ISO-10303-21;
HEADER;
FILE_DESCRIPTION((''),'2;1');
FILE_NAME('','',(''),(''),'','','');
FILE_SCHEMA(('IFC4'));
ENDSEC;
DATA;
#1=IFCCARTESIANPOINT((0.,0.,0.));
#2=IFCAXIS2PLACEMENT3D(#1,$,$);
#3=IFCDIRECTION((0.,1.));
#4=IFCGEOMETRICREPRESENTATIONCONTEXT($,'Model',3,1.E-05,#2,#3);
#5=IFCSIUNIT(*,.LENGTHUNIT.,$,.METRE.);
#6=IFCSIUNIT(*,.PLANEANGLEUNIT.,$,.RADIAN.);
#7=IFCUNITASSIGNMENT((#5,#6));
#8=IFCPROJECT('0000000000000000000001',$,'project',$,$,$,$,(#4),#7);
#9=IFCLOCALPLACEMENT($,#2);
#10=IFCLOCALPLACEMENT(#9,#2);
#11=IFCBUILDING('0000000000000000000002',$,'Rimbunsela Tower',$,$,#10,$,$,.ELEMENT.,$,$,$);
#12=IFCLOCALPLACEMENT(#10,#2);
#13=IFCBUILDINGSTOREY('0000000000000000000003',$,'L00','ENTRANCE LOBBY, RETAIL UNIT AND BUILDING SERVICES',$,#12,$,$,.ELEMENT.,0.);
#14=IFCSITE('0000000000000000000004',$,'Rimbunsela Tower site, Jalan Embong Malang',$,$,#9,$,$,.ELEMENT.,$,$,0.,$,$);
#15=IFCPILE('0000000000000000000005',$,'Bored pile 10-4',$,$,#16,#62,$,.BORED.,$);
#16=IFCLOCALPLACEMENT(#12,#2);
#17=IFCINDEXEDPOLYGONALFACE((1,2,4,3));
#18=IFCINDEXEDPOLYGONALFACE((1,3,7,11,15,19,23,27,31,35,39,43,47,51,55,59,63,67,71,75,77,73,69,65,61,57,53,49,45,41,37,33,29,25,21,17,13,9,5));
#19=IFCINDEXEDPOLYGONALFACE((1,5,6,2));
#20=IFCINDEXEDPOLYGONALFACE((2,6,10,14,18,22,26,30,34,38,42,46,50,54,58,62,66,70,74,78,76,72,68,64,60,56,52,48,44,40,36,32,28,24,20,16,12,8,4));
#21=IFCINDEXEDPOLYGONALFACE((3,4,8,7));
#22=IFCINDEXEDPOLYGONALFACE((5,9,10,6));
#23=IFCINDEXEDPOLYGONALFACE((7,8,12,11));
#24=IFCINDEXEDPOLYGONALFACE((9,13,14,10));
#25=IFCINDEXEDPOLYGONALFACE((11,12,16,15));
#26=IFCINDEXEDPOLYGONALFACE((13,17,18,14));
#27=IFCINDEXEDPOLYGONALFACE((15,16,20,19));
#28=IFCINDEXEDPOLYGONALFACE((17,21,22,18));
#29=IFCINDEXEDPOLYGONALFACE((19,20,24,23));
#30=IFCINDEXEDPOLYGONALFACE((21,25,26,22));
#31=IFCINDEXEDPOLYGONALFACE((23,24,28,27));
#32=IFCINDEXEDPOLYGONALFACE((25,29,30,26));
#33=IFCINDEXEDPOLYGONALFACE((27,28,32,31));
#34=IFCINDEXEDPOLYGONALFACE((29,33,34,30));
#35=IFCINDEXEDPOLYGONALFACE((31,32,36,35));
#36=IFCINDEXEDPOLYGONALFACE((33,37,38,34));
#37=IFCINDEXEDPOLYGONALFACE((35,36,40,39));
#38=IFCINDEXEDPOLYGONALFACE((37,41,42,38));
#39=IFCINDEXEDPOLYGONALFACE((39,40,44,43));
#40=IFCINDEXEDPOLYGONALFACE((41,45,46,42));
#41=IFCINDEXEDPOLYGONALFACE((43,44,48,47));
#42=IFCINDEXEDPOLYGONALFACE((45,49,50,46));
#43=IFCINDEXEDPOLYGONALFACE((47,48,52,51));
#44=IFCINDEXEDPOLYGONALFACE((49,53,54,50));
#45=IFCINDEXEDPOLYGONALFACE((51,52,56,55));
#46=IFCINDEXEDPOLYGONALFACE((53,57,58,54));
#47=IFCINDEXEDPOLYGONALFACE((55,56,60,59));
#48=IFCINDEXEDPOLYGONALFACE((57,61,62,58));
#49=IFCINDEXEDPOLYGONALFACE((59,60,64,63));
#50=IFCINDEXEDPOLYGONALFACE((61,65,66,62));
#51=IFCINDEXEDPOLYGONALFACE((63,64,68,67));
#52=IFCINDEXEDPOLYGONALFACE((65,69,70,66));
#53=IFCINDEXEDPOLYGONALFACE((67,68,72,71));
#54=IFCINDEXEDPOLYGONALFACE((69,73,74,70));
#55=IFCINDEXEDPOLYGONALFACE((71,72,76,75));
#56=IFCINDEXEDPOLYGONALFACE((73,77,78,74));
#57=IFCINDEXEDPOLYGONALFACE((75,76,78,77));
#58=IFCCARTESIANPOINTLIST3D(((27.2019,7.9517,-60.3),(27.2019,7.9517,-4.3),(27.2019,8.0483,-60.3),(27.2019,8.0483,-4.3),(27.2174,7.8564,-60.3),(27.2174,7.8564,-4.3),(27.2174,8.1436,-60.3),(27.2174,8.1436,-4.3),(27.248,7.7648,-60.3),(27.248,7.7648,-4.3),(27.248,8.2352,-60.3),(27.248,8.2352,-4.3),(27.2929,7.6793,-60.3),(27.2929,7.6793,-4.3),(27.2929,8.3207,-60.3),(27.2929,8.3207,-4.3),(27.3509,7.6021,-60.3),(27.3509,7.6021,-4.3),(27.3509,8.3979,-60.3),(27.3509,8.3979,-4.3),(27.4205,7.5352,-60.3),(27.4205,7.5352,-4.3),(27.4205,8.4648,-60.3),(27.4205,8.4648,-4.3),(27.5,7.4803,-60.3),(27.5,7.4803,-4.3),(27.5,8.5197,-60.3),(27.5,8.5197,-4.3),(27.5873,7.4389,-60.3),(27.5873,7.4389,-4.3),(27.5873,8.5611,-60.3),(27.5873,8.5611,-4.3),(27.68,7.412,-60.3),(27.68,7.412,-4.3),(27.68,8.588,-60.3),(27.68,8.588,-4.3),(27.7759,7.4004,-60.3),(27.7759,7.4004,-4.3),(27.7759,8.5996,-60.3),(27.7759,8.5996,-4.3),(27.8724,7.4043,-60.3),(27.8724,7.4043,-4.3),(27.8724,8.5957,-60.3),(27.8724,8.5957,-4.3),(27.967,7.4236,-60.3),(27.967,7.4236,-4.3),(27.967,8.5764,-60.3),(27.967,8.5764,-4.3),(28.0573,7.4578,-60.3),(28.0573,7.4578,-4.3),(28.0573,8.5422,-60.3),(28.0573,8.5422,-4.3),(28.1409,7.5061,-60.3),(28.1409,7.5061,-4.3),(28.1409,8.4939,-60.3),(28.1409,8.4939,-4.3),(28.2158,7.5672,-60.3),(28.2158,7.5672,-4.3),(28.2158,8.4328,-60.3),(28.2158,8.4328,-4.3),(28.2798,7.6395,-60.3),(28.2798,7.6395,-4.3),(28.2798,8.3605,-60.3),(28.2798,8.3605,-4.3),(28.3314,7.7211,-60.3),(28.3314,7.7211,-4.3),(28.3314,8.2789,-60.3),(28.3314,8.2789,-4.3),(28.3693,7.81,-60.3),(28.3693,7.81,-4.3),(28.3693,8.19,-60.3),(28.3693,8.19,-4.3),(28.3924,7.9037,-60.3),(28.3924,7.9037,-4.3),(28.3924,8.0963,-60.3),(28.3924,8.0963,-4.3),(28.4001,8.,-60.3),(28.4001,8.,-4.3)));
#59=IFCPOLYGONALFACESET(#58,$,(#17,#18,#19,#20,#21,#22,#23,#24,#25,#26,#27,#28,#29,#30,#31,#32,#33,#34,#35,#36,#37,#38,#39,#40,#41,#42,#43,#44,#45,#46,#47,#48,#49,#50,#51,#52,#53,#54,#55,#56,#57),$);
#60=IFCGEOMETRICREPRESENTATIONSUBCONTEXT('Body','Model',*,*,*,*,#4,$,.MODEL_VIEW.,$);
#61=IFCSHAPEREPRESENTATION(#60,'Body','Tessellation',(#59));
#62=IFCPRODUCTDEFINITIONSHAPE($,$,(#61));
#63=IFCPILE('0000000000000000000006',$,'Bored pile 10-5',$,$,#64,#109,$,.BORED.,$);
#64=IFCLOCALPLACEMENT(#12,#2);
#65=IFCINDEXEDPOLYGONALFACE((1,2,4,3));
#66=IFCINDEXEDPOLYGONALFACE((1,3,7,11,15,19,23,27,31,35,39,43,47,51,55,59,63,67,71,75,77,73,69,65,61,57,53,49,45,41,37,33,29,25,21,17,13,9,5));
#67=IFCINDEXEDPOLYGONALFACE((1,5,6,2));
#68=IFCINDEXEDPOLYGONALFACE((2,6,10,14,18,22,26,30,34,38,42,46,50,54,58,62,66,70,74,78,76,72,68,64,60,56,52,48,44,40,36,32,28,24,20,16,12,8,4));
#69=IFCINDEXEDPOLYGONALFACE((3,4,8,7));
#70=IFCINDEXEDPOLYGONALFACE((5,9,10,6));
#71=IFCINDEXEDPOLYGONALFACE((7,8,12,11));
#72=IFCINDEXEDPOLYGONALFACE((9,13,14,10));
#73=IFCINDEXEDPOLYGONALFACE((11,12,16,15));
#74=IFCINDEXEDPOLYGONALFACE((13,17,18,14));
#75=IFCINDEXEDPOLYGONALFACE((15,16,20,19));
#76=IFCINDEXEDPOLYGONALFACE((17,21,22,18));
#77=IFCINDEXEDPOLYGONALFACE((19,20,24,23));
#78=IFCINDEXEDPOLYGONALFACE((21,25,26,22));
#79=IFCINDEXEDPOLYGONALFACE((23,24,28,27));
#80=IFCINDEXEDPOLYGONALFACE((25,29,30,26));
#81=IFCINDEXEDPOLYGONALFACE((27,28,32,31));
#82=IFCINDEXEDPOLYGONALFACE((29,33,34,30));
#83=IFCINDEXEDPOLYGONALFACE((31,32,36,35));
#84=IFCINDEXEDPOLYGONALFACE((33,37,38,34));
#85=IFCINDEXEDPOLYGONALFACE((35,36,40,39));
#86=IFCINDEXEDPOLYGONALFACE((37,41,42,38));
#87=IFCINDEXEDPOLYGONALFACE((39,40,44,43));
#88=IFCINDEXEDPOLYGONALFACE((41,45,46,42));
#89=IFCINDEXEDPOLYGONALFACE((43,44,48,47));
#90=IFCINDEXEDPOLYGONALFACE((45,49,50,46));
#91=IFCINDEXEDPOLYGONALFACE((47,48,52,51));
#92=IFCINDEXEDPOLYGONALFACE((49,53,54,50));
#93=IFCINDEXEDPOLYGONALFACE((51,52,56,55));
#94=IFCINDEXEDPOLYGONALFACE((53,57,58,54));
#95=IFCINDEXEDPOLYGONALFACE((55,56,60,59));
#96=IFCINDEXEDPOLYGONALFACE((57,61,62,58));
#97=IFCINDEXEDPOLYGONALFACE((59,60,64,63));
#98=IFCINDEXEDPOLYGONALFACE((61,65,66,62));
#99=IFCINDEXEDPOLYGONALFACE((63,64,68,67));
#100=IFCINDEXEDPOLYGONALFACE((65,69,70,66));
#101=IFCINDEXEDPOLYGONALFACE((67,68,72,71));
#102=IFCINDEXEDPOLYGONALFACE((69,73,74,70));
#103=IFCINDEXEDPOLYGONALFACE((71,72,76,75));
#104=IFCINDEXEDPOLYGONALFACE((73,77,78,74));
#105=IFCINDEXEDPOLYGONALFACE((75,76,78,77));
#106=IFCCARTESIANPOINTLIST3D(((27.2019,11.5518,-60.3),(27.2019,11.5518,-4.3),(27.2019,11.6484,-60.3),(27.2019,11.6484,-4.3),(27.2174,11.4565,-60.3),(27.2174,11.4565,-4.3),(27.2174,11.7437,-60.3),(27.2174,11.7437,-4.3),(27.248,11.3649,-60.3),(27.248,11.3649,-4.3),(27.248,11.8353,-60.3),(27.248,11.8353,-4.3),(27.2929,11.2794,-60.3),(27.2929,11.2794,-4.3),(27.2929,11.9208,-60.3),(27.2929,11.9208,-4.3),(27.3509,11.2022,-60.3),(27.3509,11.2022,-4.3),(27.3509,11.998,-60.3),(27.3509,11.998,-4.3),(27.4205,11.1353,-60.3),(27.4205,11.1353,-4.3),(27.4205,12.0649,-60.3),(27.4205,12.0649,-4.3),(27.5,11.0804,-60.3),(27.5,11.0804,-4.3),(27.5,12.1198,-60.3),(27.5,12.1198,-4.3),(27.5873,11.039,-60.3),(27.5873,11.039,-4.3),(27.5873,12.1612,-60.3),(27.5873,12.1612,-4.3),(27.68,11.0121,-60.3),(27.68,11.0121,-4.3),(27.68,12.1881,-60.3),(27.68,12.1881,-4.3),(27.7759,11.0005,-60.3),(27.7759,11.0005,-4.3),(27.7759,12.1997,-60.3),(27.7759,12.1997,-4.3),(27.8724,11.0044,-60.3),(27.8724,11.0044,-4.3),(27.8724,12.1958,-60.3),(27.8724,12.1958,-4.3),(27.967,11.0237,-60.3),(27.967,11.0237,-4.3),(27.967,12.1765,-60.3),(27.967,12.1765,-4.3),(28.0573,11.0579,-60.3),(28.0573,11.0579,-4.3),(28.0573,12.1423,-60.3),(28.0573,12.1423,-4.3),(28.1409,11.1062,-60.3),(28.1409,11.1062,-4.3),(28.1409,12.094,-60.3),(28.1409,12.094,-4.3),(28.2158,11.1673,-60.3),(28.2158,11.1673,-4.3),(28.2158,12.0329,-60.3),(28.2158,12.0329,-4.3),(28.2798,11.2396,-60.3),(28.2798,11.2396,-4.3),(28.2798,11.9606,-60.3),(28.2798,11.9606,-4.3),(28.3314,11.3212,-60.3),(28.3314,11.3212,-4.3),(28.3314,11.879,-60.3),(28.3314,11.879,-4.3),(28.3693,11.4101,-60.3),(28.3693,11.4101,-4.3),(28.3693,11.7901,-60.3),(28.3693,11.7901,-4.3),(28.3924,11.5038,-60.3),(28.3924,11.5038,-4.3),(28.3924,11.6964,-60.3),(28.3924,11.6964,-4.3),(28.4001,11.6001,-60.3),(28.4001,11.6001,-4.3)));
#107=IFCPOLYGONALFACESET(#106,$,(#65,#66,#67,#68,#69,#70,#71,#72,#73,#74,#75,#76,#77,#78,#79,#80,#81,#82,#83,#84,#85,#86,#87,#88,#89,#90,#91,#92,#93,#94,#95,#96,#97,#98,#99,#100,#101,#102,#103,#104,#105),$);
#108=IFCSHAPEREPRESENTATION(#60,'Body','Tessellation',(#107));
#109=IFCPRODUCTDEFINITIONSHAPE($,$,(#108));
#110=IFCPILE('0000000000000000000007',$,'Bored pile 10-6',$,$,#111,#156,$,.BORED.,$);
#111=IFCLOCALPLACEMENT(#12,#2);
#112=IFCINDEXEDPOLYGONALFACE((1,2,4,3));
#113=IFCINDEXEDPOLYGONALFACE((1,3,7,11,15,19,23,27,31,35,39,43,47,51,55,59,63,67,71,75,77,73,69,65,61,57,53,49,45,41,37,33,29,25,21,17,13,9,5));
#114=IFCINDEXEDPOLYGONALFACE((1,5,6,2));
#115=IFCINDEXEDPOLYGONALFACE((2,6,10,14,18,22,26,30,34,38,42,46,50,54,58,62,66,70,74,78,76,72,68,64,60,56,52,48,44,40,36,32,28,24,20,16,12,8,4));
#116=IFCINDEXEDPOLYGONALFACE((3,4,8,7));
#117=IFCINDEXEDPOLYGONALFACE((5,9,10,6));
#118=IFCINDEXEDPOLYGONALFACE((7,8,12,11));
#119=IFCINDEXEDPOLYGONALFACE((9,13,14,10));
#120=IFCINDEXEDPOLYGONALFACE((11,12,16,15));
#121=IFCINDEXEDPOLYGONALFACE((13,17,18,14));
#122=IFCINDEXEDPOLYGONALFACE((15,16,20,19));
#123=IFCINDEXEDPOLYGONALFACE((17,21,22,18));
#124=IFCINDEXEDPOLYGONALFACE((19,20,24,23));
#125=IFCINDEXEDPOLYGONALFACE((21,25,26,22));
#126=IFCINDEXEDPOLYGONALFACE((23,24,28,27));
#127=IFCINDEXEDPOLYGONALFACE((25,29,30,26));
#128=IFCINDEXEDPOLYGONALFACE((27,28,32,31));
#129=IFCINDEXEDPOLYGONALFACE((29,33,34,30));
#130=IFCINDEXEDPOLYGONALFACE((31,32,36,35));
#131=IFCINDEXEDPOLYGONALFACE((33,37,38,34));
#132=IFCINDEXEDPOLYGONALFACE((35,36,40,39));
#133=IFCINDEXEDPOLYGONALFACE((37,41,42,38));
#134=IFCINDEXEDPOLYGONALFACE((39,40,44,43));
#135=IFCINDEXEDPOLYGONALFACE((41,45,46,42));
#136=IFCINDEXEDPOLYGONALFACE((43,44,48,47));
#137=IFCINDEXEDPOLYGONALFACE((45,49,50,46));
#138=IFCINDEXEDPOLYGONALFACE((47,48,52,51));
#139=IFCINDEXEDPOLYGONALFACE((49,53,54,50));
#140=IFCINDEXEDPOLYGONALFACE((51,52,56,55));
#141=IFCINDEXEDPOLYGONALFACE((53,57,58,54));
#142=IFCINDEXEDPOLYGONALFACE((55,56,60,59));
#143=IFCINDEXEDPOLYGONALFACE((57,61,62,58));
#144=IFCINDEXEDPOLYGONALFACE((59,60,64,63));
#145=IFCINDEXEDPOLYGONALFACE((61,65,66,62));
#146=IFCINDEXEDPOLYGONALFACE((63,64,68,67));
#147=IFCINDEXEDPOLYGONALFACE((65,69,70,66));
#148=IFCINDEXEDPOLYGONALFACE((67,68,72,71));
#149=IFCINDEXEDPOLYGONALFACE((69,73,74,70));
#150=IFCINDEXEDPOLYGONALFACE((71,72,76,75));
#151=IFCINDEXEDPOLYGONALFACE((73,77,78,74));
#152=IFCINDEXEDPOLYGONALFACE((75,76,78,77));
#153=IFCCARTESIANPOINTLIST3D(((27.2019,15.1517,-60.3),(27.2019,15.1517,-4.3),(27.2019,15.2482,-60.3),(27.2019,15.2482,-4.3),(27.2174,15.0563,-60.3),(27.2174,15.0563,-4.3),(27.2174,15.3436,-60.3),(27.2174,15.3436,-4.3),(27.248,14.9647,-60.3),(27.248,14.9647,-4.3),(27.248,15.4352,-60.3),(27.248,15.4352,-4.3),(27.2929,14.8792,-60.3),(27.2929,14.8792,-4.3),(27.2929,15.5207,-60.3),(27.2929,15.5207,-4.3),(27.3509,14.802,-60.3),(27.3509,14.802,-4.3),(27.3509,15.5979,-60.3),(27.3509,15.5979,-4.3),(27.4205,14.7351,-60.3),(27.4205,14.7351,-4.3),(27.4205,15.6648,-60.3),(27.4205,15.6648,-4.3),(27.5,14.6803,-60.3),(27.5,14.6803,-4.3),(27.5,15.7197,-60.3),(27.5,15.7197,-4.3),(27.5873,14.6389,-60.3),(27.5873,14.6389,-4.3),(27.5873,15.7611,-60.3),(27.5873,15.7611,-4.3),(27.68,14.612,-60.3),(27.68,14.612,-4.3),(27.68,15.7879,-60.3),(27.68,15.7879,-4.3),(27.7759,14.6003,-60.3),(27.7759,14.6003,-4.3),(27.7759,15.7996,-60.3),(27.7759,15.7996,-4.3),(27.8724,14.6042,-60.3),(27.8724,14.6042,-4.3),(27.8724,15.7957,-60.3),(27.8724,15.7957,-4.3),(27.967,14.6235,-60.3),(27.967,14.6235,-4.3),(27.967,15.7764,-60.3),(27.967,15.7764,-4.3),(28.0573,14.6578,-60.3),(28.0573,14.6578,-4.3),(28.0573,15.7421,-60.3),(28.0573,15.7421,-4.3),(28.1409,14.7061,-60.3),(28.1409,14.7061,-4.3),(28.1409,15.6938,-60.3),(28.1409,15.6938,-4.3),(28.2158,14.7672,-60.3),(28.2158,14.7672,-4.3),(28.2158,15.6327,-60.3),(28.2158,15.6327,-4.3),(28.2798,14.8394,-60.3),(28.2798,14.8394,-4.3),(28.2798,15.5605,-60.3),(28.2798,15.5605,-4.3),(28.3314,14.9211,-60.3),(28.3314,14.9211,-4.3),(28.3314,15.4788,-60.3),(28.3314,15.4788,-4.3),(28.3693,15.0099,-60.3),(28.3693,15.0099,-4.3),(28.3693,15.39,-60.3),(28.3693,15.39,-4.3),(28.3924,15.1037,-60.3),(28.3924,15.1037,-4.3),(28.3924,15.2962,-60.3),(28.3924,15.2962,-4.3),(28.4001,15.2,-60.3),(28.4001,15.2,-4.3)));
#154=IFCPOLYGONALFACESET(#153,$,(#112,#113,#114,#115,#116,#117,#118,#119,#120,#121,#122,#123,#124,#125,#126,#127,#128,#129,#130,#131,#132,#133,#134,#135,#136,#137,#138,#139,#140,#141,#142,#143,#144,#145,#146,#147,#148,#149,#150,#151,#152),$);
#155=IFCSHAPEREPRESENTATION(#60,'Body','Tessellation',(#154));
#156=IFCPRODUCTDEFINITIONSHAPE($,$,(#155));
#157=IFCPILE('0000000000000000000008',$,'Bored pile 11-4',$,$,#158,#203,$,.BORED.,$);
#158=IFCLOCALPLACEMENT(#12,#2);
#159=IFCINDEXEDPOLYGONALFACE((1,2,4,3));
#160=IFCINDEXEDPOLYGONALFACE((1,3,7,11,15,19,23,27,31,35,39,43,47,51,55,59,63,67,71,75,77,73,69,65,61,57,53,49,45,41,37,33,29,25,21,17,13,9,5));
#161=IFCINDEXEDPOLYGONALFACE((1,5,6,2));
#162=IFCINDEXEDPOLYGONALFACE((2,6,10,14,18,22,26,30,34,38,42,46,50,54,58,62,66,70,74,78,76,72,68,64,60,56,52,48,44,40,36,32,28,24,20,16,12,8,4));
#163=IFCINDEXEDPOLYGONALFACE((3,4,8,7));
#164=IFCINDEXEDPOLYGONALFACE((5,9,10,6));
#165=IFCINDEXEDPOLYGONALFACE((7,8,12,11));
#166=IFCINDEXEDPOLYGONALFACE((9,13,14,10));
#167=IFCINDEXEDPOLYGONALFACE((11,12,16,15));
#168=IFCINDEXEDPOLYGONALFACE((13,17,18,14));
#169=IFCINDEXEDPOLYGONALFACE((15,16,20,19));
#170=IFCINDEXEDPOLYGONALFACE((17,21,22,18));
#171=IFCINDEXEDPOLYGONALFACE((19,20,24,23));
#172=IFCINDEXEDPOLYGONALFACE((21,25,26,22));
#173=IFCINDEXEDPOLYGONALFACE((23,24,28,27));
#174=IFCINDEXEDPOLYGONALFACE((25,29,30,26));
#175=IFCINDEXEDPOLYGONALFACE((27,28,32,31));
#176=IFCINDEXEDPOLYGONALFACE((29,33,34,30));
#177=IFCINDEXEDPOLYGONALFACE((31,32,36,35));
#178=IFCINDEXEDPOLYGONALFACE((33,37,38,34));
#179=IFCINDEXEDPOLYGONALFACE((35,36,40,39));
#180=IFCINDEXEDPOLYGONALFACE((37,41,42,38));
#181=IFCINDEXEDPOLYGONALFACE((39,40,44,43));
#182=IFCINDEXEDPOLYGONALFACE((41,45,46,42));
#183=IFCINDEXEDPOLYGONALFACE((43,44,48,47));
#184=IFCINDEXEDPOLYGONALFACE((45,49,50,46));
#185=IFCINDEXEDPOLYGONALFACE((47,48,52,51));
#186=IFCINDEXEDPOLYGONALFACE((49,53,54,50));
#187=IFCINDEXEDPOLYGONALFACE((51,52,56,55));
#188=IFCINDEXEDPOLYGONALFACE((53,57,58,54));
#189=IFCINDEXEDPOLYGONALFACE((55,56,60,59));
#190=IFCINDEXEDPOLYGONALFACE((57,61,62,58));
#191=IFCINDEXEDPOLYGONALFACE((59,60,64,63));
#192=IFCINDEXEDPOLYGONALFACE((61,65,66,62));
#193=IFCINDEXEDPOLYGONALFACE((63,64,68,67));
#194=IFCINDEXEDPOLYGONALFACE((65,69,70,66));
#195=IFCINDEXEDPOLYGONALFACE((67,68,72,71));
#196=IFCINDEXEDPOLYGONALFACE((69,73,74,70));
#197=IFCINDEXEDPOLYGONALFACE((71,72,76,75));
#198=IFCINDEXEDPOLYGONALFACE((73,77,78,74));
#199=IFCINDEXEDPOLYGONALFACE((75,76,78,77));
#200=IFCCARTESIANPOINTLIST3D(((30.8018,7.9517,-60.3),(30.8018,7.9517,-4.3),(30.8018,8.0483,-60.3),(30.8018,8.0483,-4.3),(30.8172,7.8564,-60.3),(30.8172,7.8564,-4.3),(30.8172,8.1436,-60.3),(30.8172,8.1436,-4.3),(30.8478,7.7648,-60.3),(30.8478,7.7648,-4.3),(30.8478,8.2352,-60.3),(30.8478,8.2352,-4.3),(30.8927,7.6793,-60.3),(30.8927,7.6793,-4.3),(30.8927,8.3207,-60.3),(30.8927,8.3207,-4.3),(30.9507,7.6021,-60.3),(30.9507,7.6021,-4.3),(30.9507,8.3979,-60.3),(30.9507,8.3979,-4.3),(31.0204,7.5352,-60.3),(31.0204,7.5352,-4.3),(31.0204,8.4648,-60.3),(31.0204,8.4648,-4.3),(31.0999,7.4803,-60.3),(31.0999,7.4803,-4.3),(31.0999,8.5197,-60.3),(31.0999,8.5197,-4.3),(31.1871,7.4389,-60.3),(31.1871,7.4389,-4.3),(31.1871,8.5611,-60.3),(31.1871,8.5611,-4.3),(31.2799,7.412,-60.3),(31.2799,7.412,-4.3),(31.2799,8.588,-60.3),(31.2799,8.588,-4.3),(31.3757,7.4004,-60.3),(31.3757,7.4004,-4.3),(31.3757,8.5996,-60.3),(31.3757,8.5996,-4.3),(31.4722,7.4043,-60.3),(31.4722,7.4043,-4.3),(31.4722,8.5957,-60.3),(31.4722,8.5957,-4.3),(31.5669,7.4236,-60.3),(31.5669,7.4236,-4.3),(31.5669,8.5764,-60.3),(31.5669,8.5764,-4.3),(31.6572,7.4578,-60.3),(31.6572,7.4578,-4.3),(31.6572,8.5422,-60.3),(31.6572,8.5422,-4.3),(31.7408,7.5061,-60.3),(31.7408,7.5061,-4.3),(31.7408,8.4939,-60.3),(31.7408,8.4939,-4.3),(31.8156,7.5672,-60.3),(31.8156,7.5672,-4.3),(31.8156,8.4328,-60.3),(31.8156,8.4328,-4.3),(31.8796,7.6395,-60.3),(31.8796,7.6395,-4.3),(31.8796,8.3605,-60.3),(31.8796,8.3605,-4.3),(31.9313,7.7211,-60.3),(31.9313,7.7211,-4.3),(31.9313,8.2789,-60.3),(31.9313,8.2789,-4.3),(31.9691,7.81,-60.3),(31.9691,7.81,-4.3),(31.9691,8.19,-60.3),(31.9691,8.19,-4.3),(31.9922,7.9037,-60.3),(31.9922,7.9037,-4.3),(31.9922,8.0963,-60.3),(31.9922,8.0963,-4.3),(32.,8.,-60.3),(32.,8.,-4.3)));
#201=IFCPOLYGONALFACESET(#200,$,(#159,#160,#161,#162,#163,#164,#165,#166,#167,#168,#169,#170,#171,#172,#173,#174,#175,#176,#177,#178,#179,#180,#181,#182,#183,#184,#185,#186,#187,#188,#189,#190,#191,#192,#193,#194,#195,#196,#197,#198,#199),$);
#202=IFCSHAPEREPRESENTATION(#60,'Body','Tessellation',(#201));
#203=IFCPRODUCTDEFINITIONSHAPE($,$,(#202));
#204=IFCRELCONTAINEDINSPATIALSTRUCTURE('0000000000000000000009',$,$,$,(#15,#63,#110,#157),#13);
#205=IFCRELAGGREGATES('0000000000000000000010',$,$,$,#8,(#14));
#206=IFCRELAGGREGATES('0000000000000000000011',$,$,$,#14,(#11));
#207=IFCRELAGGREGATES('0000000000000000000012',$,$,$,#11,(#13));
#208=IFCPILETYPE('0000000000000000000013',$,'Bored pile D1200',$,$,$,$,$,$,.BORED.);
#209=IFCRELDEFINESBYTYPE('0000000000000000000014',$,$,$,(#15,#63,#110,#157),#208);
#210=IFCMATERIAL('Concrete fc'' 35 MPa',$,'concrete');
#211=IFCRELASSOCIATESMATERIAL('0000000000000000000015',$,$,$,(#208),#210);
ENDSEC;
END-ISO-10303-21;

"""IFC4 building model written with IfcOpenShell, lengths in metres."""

from ifc_helpers import new_model, si_unit, direction, frame, origin, origin_2d, place, context, subcontext, project, spatial, circle, extrude, material, material_profile, profile_set, type_object, element, save


model = new_model("IFC4")

# Units and contexts
model_context = context("Model", 3, precision=1e-05, world=origin(), true_north=direction((0.0, 1.0)))
body_context = subcontext(model_context, "Body", "Model", "MODEL_VIEW")
ifc_project = project(units=[si_unit("LENGTHUNIT", "METRE"), si_unit("PLANEANGLEUNIT", "RADIAN")], contexts=[model_context])

# Site, building, storey
site_placement = place(None, origin())
site = spatial("IfcSite", under=ifc_project, at=site_placement, Name="Rimbunsela Tower site, Jalan Embong Malang", CompositionType="ELEMENT", RefElevation=0.0)
building_placement = place(site_placement, origin())
building = spatial("IfcBuilding", under=site, at=building_placement, Name="Rimbunsela Tower", CompositionType="ELEMENT")
storey_placement = place(building_placement, origin())
storey = spatial("IfcBuildingStorey", under=building, at=storey_placement, Name="L00", Description="ENTRANCE LOBBY, RETAIL UNIT AND BUILDING SERVICES", CompositionType="ELEMENT", Elevation=0.0)

# Piles
ifc_material_1 = material(Name="Concrete fc' 35 MPa", Category="concrete")
ifc_material_profile_1 = material_profile(ifc_material_1, circle(Radius=0.6001, at=origin_2d()), Name="BP D1200")
ifc_profile_set_1 = profile_set([ifc_material_profile_1], Name="Concrete fc' 35 MPa")
pile_type = type_object("IfcPileType", Name="Bored pile D1200", PredefinedType="BORED", material=ifc_profile_set_1)
for number, where, z_axis, x_axis, name in (
    (1, (27.8, 8.0, -4.3), (0.0, 0.0, -1.0), (1.0, 0.0, 0.0), "Bored pile 10-4"),
    (2, (27.8, 11.6001, -4.3), (0.0, 0.0, -1.0), (1.0, 0.0, 0.0), "Bored pile 10-5"),
    (3, (27.8, 15.2, -4.3), (0.0, 0.0, -1.0), (1.0, 0.0, 0.0), "Bored pile 10-6"),
    (4, (31.3999, 8.0, -4.3), (0.0, 0.0, -1.0), (1.0, 0.0, 0.0), "Bored pile 11-4"),
):
    element("IfcPile", number, at=place(storey_placement, frame(where, z_axis=z_axis, x_axis=x_axis)), inside=storey, type_object=pile_type, Name=name, PredefinedType="BORED", context=body_context, shape_type="SweptSolid", body=[
        extrude(circle(Radius=0.6001, at=origin_2d()), origin(), (0.0, 0.0, 1.0), 56.0),
    ])

save(model, "model.ifc")
